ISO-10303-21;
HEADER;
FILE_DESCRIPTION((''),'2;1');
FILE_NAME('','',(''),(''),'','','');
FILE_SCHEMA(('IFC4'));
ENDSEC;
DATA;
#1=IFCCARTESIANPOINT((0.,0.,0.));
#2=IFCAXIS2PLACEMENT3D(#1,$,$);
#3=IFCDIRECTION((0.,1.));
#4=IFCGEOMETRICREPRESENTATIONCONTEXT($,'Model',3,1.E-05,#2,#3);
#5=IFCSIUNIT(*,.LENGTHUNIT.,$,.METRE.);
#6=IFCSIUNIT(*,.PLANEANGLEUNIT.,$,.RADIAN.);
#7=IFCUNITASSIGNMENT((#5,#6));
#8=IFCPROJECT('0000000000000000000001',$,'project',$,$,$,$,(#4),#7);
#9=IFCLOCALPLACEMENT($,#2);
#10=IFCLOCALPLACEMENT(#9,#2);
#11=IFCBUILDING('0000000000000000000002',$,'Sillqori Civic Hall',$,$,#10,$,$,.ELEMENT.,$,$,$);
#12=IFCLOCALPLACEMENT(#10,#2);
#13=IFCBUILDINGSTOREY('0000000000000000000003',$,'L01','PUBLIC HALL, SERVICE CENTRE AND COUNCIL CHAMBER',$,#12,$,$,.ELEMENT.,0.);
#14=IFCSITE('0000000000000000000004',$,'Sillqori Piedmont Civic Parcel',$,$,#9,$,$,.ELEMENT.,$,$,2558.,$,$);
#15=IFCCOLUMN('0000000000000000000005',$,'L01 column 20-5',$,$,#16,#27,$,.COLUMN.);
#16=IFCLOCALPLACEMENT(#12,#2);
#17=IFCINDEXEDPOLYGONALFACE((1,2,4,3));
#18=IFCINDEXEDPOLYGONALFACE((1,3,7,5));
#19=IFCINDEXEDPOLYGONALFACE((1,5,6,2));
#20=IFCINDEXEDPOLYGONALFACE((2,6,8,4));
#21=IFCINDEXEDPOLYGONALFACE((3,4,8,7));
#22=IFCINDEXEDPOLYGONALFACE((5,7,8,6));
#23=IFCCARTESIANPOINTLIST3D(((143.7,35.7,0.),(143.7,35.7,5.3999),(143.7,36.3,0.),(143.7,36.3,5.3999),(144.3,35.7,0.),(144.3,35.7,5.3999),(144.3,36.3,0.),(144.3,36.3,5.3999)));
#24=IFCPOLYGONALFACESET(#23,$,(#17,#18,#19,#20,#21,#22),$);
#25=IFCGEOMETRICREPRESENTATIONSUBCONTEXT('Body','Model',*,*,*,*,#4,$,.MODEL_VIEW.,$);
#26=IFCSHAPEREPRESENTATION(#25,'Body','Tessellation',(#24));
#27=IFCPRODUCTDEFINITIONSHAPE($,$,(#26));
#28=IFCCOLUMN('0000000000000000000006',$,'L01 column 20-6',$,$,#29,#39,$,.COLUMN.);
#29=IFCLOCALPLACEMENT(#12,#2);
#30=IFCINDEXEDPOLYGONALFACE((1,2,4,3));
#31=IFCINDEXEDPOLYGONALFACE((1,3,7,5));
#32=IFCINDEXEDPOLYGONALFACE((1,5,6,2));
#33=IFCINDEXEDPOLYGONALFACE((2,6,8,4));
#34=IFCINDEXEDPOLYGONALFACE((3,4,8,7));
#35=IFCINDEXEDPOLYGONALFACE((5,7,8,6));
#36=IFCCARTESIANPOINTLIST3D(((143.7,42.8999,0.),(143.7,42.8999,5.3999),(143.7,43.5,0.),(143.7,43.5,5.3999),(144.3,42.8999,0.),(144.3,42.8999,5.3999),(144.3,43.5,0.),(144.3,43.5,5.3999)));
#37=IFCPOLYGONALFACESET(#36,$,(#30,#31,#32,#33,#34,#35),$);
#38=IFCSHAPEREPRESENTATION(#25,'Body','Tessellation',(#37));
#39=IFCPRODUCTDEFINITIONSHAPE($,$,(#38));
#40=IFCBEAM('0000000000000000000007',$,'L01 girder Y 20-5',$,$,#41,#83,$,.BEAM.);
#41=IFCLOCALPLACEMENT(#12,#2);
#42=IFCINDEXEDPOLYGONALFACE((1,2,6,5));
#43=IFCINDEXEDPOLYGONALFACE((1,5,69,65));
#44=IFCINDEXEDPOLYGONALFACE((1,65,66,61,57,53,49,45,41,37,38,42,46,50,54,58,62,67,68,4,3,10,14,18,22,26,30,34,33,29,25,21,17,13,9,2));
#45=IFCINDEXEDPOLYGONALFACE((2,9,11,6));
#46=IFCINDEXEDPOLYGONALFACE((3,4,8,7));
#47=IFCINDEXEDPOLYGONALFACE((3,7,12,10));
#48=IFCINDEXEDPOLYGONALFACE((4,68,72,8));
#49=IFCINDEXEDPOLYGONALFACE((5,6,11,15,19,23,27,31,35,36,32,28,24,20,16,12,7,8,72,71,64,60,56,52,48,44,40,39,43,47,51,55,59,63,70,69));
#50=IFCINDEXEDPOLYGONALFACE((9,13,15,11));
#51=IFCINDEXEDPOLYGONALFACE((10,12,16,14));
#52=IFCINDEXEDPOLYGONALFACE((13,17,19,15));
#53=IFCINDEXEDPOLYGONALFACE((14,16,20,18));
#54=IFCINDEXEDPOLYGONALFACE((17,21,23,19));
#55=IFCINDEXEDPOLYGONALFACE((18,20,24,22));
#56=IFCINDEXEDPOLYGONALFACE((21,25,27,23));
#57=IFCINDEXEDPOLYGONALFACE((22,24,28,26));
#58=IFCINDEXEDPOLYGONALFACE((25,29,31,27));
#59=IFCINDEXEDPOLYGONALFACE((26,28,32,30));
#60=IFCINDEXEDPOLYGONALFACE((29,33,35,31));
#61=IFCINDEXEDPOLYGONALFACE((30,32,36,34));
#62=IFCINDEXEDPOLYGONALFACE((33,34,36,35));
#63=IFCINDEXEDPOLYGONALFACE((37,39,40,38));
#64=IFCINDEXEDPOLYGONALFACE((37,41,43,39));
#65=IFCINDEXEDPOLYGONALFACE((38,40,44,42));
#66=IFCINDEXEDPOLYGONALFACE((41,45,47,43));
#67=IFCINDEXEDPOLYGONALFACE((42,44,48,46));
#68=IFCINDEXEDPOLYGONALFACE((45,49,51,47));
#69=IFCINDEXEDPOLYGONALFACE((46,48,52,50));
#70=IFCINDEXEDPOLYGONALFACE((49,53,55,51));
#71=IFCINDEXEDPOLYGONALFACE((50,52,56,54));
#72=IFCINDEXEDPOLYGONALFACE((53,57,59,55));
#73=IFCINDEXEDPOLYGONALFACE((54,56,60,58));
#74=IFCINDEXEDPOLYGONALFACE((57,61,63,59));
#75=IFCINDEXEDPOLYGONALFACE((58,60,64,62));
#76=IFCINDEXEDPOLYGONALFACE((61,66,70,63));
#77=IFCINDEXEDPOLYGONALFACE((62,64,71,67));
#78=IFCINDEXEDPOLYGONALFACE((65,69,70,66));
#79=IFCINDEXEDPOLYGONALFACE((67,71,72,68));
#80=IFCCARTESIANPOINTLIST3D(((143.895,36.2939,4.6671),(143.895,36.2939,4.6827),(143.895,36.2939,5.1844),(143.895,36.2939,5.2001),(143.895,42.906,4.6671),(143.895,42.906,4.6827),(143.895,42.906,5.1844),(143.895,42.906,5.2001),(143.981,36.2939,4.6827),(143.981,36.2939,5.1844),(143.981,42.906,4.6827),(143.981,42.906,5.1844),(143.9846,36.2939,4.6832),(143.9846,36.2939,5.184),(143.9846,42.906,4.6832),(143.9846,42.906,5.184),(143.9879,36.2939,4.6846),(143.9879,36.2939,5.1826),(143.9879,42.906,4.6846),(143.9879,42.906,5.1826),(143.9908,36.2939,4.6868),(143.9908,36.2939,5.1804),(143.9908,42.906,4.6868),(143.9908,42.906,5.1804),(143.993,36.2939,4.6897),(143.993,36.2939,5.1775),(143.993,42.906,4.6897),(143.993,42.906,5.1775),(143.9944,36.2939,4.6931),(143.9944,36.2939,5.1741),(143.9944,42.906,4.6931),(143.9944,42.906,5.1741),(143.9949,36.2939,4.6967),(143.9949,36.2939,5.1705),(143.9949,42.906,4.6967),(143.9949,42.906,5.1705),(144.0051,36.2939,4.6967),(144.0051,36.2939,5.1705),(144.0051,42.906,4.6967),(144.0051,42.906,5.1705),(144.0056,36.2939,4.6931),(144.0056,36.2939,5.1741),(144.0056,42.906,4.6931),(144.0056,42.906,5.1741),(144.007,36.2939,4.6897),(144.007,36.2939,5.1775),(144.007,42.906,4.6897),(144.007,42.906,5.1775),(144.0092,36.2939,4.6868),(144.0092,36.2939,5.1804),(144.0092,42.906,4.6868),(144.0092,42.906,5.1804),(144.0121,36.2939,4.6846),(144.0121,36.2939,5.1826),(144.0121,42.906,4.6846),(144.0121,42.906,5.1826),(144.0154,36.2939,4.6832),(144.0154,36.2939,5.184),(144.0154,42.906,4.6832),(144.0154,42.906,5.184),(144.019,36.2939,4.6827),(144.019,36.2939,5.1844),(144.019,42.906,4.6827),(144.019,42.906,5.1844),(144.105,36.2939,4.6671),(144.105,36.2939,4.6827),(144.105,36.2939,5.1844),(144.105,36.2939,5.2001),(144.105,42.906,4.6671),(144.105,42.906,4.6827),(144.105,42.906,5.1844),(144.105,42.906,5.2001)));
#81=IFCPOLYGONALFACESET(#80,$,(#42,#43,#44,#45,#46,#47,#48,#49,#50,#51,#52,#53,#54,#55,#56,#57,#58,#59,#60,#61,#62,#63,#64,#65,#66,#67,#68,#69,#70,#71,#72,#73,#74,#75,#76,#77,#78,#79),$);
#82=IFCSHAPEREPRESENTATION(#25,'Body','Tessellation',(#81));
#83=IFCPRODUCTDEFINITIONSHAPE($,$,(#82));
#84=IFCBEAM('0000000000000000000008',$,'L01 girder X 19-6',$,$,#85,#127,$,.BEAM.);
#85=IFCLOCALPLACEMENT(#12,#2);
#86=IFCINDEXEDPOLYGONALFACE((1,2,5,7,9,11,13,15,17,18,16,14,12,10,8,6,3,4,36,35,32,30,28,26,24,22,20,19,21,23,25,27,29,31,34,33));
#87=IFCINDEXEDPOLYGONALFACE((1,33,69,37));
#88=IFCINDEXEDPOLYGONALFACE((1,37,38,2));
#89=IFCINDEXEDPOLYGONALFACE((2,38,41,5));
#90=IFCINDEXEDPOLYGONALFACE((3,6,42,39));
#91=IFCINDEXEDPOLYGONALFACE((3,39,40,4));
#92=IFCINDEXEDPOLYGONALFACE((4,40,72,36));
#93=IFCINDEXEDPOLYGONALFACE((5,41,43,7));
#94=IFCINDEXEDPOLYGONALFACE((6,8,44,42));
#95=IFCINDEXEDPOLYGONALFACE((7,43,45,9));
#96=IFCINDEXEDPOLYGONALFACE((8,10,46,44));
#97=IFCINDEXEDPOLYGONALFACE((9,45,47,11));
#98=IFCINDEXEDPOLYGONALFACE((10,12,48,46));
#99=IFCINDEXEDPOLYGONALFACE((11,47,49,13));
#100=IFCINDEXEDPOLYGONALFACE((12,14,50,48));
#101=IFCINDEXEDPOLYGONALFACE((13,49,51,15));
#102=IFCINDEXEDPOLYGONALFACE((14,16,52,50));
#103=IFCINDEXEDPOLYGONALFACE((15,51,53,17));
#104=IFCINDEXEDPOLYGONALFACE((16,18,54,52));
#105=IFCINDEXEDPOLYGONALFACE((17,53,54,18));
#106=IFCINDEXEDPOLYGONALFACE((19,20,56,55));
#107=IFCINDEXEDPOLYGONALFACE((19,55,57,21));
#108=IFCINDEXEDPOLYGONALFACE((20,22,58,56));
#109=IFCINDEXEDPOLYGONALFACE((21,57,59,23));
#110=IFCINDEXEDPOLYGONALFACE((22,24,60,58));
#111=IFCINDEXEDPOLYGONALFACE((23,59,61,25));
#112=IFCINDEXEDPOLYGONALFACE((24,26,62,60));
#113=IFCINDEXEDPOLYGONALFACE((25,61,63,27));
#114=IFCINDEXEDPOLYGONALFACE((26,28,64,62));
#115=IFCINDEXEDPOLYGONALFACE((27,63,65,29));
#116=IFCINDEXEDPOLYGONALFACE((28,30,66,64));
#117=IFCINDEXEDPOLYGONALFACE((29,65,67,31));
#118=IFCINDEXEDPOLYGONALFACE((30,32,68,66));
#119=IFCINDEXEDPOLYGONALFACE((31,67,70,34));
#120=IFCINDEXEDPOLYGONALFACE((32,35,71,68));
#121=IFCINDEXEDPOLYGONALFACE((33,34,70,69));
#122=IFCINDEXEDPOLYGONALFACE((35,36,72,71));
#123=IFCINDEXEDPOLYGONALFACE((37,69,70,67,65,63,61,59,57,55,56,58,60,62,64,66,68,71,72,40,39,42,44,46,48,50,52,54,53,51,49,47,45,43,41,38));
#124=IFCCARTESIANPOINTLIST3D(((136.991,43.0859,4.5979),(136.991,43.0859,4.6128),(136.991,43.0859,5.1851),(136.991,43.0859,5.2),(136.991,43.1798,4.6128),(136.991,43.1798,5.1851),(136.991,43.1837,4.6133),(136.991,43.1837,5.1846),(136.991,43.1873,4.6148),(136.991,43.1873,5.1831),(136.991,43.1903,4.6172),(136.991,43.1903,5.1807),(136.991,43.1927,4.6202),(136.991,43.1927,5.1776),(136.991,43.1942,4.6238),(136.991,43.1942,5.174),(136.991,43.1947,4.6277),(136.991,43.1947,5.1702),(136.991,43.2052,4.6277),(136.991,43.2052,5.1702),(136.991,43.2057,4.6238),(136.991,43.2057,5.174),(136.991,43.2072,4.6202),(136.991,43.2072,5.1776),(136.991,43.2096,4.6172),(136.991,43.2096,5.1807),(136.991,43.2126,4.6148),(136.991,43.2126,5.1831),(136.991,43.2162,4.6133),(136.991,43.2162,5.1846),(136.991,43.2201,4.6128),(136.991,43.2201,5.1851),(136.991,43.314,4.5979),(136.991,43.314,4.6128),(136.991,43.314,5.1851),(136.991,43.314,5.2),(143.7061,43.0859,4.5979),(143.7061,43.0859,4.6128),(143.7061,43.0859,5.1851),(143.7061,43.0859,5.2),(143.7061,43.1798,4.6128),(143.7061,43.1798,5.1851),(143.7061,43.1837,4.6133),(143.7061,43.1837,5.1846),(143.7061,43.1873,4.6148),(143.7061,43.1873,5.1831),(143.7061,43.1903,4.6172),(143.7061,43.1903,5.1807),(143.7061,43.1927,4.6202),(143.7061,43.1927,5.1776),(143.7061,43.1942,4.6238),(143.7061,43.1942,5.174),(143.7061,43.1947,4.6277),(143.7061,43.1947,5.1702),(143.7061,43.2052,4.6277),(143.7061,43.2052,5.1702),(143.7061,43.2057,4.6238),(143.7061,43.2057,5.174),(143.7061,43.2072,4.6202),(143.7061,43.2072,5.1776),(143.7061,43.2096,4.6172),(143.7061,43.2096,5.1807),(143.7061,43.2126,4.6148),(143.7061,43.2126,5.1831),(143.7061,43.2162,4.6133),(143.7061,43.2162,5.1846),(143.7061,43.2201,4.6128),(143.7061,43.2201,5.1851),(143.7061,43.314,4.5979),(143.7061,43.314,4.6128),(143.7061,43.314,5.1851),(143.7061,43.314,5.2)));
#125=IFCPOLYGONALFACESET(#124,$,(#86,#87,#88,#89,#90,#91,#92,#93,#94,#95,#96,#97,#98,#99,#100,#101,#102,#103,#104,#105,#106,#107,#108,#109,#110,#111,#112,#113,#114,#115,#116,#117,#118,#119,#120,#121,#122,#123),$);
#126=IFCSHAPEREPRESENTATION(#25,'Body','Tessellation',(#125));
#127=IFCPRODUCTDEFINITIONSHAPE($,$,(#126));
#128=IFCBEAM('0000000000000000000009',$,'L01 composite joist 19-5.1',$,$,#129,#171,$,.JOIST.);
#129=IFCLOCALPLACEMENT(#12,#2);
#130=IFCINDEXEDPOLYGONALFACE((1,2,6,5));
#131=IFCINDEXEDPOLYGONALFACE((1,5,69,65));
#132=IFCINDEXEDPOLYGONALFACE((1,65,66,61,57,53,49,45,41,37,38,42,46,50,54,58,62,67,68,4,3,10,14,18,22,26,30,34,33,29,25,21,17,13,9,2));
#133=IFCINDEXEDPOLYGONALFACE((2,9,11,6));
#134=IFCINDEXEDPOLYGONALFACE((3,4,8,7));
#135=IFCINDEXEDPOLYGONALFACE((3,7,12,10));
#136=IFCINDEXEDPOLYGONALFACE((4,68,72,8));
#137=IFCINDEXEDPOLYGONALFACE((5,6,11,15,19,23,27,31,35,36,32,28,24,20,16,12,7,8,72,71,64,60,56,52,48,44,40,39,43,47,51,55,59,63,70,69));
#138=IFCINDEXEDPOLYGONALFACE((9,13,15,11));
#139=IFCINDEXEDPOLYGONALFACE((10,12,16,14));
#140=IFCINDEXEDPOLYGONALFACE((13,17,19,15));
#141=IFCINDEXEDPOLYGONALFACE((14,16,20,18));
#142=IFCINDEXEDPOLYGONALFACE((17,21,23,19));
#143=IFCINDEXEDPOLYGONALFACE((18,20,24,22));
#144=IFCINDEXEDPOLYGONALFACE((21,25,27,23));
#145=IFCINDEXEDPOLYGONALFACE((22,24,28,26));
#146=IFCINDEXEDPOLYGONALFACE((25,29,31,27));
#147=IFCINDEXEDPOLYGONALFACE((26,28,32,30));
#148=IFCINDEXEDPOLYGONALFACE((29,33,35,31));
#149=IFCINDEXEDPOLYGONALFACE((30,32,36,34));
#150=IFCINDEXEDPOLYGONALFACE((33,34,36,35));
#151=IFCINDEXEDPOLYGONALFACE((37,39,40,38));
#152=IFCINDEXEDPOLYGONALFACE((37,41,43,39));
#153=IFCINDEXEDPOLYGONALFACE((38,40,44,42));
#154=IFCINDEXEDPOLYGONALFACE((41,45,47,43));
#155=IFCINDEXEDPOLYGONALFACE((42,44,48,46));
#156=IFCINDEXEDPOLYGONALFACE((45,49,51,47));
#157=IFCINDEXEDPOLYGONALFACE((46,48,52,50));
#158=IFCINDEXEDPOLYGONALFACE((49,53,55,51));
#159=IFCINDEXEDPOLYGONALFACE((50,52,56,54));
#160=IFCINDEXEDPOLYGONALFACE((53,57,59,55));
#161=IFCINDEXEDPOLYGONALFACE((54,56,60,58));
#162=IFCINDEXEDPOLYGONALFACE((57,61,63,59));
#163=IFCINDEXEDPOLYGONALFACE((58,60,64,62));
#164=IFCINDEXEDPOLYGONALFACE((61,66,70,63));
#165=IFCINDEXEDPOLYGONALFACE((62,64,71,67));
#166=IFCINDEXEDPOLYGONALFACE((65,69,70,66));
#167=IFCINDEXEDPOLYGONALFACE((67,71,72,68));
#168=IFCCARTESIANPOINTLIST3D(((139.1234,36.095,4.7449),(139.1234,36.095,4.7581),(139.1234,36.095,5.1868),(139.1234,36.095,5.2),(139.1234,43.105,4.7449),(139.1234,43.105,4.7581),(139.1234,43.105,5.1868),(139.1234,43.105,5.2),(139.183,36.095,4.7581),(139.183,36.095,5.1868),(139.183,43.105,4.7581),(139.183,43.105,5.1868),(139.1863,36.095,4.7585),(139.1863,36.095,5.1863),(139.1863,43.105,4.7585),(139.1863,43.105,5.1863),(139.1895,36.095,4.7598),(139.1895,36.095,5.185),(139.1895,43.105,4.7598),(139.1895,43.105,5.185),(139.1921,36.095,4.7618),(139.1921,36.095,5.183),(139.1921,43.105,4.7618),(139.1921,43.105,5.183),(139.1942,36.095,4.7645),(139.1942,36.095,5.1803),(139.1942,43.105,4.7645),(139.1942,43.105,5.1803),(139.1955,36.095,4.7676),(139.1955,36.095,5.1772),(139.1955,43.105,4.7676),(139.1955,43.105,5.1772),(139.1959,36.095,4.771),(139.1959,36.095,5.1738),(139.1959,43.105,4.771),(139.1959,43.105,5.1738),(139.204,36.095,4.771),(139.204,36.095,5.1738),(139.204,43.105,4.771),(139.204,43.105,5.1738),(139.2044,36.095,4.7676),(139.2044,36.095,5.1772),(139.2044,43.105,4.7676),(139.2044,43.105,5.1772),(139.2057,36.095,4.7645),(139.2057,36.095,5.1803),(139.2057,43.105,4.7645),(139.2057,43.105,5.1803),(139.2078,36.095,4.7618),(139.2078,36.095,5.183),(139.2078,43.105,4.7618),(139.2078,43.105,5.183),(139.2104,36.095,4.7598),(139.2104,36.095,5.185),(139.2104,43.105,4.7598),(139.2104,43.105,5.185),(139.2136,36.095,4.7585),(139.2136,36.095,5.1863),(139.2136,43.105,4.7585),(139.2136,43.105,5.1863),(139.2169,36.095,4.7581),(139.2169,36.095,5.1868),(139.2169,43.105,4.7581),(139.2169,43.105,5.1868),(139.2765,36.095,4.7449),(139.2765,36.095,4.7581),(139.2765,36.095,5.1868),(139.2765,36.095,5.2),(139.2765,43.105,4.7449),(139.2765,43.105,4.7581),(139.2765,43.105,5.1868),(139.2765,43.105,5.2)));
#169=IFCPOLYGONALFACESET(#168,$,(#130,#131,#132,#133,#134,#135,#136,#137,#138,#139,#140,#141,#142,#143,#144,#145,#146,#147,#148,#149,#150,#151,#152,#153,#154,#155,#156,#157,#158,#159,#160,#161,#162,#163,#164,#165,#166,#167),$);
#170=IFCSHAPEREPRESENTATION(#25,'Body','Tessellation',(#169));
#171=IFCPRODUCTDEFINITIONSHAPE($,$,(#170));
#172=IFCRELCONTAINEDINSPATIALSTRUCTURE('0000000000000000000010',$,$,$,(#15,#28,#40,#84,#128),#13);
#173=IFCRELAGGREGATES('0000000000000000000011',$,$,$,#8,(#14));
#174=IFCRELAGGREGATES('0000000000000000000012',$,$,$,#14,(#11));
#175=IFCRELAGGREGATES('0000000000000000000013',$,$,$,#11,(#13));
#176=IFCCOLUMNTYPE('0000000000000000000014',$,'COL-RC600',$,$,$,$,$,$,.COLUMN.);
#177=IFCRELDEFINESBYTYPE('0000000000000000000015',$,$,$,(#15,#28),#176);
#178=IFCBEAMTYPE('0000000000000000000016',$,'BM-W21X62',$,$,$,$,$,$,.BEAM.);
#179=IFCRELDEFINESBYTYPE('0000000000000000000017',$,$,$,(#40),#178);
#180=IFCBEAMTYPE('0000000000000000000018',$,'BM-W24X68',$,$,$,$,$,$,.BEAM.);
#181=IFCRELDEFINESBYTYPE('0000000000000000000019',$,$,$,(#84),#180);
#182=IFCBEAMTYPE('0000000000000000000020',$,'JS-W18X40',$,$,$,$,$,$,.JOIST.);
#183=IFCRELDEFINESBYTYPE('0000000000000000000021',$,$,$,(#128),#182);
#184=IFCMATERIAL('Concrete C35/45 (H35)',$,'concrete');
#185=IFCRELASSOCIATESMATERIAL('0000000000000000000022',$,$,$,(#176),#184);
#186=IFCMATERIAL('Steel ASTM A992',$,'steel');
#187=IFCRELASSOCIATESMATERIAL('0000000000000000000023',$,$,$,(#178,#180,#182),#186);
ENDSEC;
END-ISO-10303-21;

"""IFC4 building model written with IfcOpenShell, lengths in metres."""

from ifc_helpers import new_model, si_unit, direction, frame, origin, origin_2d, place, context, subcontext, project, spatial, rectangle, i_section, extrude, material, material_profile, profile_set, type_object, element, save


model = new_model("IFC4")

# Units and contexts
model_context = context("Model", 3, precision=1e-05, world=origin(), true_north=direction((0.0, 1.0)))
body_context = subcontext(model_context, "Body", "Model", "MODEL_VIEW")
ifc_project = project(units=[si_unit("LENGTHUNIT", "METRE"), si_unit("PLANEANGLEUNIT", "RADIAN")], contexts=[model_context])

# Site, building, storey
site_placement = place(None, origin())
site = spatial("IfcSite", under=ifc_project, at=site_placement, Name="Sillqori Piedmont Civic Parcel", CompositionType="ELEMENT", RefElevation=2558.0)
building_placement = place(site_placement, origin())
building = spatial("IfcBuilding", under=site, at=building_placement, Name="Sillqori Civic Hall", CompositionType="ELEMENT")
storey_placement = place(building_placement, origin())
storey = spatial("IfcBuildingStorey", under=building, at=storey_placement, Name="L01", Description="PUBLIC HALL, SERVICE CENTRE AND COUNCIL CHAMBER", CompositionType="ELEMENT", Elevation=0.0)

# Columns
ifc_material_1 = material(Name="Concrete C35/45 (H35)", Category="concrete")
ifc_material_profile_1 = material_profile(ifc_material_1, rectangle(XDim=0.6001, YDim=0.6001, at=origin_2d()), Name="RC 600x600")
ifc_profile_set_1 = profile_set([ifc_material_profile_1], Name="Concrete C35/45 (H35)")
column_type = type_object("IfcColumnType", Name="COL-RC600", PredefinedType="COLUMN", material=ifc_profile_set_1)
for number, where, z_axis, x_axis, name in (
    (1, (144.0, 36.0, 0.0), (0.0, 0.0, 1.0), (1.0, 0.0, 0.0), "L01 column 20-5"),
    (2, (144.0, 43.2, 0.0), (0.0, 0.0, 1.0), (1.0, 0.0, 0.0), "L01 column 20-6"),
):
    element("IfcColumn", number, at=place(storey_placement, frame(where, z_axis=z_axis, x_axis=x_axis)), inside=storey, type_object=column_type, Name=name, PredefinedType="COLUMN", context=body_context, shape_type="SweptSolid", body=[
        extrude(rectangle(XDim=0.6001, YDim=0.6001, at=origin_2d()), origin(), (0.0, 0.0, 1.0), 5.3999),
    ])

# Beams
ifc_material_2 = material(Name="Steel ASTM A992", Category="steel")
ifc_material_profile_2 = material_profile(ifc_material_2, i_section(OverallWidth=0.21, OverallDepth=0.533, WebThickness=0.0103, FlangeThickness=0.0156, FilletRadius=0.0139, at=origin_2d()), Name="W21X62")
ifc_profile_set_2 = profile_set([ifc_material_profile_2], Name="Steel ASTM A992")
beam_type_1 = type_object("IfcBeamType", Name="BM-W21X62", PredefinedType="BEAM", material=ifc_profile_set_2)
beam_1_placement = place(storey_placement, frame((144.0, 36.2939, 4.9336), z_axis=(0.0, 1.0, 0.0), x_axis=(-1.0, 0.0, 0.0)))
element("IfcBeam", 3, at=beam_1_placement, inside=storey, type_object=beam_type_1, Name="L01 girder Y 20-5", PredefinedType="BEAM", context=body_context, shape_type="SweptSolid", body=[
    extrude(i_section(OverallWidth=0.21, OverallDepth=0.533, WebThickness=0.0103, FlangeThickness=0.0156, FilletRadius=0.0139, at=origin_2d()), origin(), (0.0, 0.0, 1.0), 6.6121),
])
ifc_material_profile_3 = material_profile(ifc_material_2, i_section(OverallWidth=0.228, OverallDepth=0.6021, WebThickness=0.0105, FlangeThickness=0.0149, FilletRadius=0.0149, at=origin_2d()), Name="W24X68")
ifc_profile_set_3 = profile_set([ifc_material_profile_3], Name="Steel ASTM A992")
beam_type_2 = type_object("IfcBeamType", Name="BM-W24X68", PredefinedType="BEAM", material=ifc_profile_set_3)
beam_2_placement = place(storey_placement, frame((136.991, 43.2, 4.8989), z_axis=(1.0, 0.0, 0.0), x_axis=(0.0, 1.0, 0.0)))
element("IfcBeam", 4, at=beam_2_placement, inside=storey, type_object=beam_type_2, Name="L01 girder X 19-6", PredefinedType="BEAM", context=body_context, shape_type="SweptSolid", body=[
    extrude(i_section(OverallWidth=0.228, OverallDepth=0.6021, WebThickness=0.0105, FlangeThickness=0.0149, FilletRadius=0.0149, at=origin_2d()), origin(), (0.0, 0.0, 1.0), 6.7151),
])

# Beam
ifc_material_profile_4 = material_profile(ifc_material_2, i_section(OverallWidth=0.1531, OverallDepth=0.4551, WebThickness=0.0081, FlangeThickness=0.0132, FilletRadius=0.0129, at=origin_2d()), Name="W18X40")
ifc_profile_set_4 = profile_set([ifc_material_profile_4], Name="Steel ASTM A992")
beam_type_3 = type_object("IfcBeamType", Name="JS-W18X40", PredefinedType="JOIST", material=ifc_profile_set_4)
for number, where, z_axis, x_axis, name in (
    (5, (139.2, 36.095, 4.9724), (0.0, 1.0, 0.0), (-1.0, 0.0, 0.0), "L01 composite joist 19-5.1"),
):
    element("IfcBeam", number, at=place(storey_placement, frame(where, z_axis=z_axis, x_axis=x_axis)), inside=storey, type_object=beam_type_3, Name=name, PredefinedType="JOIST", context=body_context, shape_type="SweptSolid", body=[
        extrude(i_section(OverallWidth=0.1531, OverallDepth=0.4551, WebThickness=0.0081, FlangeThickness=0.0132, FilletRadius=0.0129, at=origin_2d()), origin(), (0.0, 0.0, 1.0), 7.01),
    ])

save(model, "model.ifc")
